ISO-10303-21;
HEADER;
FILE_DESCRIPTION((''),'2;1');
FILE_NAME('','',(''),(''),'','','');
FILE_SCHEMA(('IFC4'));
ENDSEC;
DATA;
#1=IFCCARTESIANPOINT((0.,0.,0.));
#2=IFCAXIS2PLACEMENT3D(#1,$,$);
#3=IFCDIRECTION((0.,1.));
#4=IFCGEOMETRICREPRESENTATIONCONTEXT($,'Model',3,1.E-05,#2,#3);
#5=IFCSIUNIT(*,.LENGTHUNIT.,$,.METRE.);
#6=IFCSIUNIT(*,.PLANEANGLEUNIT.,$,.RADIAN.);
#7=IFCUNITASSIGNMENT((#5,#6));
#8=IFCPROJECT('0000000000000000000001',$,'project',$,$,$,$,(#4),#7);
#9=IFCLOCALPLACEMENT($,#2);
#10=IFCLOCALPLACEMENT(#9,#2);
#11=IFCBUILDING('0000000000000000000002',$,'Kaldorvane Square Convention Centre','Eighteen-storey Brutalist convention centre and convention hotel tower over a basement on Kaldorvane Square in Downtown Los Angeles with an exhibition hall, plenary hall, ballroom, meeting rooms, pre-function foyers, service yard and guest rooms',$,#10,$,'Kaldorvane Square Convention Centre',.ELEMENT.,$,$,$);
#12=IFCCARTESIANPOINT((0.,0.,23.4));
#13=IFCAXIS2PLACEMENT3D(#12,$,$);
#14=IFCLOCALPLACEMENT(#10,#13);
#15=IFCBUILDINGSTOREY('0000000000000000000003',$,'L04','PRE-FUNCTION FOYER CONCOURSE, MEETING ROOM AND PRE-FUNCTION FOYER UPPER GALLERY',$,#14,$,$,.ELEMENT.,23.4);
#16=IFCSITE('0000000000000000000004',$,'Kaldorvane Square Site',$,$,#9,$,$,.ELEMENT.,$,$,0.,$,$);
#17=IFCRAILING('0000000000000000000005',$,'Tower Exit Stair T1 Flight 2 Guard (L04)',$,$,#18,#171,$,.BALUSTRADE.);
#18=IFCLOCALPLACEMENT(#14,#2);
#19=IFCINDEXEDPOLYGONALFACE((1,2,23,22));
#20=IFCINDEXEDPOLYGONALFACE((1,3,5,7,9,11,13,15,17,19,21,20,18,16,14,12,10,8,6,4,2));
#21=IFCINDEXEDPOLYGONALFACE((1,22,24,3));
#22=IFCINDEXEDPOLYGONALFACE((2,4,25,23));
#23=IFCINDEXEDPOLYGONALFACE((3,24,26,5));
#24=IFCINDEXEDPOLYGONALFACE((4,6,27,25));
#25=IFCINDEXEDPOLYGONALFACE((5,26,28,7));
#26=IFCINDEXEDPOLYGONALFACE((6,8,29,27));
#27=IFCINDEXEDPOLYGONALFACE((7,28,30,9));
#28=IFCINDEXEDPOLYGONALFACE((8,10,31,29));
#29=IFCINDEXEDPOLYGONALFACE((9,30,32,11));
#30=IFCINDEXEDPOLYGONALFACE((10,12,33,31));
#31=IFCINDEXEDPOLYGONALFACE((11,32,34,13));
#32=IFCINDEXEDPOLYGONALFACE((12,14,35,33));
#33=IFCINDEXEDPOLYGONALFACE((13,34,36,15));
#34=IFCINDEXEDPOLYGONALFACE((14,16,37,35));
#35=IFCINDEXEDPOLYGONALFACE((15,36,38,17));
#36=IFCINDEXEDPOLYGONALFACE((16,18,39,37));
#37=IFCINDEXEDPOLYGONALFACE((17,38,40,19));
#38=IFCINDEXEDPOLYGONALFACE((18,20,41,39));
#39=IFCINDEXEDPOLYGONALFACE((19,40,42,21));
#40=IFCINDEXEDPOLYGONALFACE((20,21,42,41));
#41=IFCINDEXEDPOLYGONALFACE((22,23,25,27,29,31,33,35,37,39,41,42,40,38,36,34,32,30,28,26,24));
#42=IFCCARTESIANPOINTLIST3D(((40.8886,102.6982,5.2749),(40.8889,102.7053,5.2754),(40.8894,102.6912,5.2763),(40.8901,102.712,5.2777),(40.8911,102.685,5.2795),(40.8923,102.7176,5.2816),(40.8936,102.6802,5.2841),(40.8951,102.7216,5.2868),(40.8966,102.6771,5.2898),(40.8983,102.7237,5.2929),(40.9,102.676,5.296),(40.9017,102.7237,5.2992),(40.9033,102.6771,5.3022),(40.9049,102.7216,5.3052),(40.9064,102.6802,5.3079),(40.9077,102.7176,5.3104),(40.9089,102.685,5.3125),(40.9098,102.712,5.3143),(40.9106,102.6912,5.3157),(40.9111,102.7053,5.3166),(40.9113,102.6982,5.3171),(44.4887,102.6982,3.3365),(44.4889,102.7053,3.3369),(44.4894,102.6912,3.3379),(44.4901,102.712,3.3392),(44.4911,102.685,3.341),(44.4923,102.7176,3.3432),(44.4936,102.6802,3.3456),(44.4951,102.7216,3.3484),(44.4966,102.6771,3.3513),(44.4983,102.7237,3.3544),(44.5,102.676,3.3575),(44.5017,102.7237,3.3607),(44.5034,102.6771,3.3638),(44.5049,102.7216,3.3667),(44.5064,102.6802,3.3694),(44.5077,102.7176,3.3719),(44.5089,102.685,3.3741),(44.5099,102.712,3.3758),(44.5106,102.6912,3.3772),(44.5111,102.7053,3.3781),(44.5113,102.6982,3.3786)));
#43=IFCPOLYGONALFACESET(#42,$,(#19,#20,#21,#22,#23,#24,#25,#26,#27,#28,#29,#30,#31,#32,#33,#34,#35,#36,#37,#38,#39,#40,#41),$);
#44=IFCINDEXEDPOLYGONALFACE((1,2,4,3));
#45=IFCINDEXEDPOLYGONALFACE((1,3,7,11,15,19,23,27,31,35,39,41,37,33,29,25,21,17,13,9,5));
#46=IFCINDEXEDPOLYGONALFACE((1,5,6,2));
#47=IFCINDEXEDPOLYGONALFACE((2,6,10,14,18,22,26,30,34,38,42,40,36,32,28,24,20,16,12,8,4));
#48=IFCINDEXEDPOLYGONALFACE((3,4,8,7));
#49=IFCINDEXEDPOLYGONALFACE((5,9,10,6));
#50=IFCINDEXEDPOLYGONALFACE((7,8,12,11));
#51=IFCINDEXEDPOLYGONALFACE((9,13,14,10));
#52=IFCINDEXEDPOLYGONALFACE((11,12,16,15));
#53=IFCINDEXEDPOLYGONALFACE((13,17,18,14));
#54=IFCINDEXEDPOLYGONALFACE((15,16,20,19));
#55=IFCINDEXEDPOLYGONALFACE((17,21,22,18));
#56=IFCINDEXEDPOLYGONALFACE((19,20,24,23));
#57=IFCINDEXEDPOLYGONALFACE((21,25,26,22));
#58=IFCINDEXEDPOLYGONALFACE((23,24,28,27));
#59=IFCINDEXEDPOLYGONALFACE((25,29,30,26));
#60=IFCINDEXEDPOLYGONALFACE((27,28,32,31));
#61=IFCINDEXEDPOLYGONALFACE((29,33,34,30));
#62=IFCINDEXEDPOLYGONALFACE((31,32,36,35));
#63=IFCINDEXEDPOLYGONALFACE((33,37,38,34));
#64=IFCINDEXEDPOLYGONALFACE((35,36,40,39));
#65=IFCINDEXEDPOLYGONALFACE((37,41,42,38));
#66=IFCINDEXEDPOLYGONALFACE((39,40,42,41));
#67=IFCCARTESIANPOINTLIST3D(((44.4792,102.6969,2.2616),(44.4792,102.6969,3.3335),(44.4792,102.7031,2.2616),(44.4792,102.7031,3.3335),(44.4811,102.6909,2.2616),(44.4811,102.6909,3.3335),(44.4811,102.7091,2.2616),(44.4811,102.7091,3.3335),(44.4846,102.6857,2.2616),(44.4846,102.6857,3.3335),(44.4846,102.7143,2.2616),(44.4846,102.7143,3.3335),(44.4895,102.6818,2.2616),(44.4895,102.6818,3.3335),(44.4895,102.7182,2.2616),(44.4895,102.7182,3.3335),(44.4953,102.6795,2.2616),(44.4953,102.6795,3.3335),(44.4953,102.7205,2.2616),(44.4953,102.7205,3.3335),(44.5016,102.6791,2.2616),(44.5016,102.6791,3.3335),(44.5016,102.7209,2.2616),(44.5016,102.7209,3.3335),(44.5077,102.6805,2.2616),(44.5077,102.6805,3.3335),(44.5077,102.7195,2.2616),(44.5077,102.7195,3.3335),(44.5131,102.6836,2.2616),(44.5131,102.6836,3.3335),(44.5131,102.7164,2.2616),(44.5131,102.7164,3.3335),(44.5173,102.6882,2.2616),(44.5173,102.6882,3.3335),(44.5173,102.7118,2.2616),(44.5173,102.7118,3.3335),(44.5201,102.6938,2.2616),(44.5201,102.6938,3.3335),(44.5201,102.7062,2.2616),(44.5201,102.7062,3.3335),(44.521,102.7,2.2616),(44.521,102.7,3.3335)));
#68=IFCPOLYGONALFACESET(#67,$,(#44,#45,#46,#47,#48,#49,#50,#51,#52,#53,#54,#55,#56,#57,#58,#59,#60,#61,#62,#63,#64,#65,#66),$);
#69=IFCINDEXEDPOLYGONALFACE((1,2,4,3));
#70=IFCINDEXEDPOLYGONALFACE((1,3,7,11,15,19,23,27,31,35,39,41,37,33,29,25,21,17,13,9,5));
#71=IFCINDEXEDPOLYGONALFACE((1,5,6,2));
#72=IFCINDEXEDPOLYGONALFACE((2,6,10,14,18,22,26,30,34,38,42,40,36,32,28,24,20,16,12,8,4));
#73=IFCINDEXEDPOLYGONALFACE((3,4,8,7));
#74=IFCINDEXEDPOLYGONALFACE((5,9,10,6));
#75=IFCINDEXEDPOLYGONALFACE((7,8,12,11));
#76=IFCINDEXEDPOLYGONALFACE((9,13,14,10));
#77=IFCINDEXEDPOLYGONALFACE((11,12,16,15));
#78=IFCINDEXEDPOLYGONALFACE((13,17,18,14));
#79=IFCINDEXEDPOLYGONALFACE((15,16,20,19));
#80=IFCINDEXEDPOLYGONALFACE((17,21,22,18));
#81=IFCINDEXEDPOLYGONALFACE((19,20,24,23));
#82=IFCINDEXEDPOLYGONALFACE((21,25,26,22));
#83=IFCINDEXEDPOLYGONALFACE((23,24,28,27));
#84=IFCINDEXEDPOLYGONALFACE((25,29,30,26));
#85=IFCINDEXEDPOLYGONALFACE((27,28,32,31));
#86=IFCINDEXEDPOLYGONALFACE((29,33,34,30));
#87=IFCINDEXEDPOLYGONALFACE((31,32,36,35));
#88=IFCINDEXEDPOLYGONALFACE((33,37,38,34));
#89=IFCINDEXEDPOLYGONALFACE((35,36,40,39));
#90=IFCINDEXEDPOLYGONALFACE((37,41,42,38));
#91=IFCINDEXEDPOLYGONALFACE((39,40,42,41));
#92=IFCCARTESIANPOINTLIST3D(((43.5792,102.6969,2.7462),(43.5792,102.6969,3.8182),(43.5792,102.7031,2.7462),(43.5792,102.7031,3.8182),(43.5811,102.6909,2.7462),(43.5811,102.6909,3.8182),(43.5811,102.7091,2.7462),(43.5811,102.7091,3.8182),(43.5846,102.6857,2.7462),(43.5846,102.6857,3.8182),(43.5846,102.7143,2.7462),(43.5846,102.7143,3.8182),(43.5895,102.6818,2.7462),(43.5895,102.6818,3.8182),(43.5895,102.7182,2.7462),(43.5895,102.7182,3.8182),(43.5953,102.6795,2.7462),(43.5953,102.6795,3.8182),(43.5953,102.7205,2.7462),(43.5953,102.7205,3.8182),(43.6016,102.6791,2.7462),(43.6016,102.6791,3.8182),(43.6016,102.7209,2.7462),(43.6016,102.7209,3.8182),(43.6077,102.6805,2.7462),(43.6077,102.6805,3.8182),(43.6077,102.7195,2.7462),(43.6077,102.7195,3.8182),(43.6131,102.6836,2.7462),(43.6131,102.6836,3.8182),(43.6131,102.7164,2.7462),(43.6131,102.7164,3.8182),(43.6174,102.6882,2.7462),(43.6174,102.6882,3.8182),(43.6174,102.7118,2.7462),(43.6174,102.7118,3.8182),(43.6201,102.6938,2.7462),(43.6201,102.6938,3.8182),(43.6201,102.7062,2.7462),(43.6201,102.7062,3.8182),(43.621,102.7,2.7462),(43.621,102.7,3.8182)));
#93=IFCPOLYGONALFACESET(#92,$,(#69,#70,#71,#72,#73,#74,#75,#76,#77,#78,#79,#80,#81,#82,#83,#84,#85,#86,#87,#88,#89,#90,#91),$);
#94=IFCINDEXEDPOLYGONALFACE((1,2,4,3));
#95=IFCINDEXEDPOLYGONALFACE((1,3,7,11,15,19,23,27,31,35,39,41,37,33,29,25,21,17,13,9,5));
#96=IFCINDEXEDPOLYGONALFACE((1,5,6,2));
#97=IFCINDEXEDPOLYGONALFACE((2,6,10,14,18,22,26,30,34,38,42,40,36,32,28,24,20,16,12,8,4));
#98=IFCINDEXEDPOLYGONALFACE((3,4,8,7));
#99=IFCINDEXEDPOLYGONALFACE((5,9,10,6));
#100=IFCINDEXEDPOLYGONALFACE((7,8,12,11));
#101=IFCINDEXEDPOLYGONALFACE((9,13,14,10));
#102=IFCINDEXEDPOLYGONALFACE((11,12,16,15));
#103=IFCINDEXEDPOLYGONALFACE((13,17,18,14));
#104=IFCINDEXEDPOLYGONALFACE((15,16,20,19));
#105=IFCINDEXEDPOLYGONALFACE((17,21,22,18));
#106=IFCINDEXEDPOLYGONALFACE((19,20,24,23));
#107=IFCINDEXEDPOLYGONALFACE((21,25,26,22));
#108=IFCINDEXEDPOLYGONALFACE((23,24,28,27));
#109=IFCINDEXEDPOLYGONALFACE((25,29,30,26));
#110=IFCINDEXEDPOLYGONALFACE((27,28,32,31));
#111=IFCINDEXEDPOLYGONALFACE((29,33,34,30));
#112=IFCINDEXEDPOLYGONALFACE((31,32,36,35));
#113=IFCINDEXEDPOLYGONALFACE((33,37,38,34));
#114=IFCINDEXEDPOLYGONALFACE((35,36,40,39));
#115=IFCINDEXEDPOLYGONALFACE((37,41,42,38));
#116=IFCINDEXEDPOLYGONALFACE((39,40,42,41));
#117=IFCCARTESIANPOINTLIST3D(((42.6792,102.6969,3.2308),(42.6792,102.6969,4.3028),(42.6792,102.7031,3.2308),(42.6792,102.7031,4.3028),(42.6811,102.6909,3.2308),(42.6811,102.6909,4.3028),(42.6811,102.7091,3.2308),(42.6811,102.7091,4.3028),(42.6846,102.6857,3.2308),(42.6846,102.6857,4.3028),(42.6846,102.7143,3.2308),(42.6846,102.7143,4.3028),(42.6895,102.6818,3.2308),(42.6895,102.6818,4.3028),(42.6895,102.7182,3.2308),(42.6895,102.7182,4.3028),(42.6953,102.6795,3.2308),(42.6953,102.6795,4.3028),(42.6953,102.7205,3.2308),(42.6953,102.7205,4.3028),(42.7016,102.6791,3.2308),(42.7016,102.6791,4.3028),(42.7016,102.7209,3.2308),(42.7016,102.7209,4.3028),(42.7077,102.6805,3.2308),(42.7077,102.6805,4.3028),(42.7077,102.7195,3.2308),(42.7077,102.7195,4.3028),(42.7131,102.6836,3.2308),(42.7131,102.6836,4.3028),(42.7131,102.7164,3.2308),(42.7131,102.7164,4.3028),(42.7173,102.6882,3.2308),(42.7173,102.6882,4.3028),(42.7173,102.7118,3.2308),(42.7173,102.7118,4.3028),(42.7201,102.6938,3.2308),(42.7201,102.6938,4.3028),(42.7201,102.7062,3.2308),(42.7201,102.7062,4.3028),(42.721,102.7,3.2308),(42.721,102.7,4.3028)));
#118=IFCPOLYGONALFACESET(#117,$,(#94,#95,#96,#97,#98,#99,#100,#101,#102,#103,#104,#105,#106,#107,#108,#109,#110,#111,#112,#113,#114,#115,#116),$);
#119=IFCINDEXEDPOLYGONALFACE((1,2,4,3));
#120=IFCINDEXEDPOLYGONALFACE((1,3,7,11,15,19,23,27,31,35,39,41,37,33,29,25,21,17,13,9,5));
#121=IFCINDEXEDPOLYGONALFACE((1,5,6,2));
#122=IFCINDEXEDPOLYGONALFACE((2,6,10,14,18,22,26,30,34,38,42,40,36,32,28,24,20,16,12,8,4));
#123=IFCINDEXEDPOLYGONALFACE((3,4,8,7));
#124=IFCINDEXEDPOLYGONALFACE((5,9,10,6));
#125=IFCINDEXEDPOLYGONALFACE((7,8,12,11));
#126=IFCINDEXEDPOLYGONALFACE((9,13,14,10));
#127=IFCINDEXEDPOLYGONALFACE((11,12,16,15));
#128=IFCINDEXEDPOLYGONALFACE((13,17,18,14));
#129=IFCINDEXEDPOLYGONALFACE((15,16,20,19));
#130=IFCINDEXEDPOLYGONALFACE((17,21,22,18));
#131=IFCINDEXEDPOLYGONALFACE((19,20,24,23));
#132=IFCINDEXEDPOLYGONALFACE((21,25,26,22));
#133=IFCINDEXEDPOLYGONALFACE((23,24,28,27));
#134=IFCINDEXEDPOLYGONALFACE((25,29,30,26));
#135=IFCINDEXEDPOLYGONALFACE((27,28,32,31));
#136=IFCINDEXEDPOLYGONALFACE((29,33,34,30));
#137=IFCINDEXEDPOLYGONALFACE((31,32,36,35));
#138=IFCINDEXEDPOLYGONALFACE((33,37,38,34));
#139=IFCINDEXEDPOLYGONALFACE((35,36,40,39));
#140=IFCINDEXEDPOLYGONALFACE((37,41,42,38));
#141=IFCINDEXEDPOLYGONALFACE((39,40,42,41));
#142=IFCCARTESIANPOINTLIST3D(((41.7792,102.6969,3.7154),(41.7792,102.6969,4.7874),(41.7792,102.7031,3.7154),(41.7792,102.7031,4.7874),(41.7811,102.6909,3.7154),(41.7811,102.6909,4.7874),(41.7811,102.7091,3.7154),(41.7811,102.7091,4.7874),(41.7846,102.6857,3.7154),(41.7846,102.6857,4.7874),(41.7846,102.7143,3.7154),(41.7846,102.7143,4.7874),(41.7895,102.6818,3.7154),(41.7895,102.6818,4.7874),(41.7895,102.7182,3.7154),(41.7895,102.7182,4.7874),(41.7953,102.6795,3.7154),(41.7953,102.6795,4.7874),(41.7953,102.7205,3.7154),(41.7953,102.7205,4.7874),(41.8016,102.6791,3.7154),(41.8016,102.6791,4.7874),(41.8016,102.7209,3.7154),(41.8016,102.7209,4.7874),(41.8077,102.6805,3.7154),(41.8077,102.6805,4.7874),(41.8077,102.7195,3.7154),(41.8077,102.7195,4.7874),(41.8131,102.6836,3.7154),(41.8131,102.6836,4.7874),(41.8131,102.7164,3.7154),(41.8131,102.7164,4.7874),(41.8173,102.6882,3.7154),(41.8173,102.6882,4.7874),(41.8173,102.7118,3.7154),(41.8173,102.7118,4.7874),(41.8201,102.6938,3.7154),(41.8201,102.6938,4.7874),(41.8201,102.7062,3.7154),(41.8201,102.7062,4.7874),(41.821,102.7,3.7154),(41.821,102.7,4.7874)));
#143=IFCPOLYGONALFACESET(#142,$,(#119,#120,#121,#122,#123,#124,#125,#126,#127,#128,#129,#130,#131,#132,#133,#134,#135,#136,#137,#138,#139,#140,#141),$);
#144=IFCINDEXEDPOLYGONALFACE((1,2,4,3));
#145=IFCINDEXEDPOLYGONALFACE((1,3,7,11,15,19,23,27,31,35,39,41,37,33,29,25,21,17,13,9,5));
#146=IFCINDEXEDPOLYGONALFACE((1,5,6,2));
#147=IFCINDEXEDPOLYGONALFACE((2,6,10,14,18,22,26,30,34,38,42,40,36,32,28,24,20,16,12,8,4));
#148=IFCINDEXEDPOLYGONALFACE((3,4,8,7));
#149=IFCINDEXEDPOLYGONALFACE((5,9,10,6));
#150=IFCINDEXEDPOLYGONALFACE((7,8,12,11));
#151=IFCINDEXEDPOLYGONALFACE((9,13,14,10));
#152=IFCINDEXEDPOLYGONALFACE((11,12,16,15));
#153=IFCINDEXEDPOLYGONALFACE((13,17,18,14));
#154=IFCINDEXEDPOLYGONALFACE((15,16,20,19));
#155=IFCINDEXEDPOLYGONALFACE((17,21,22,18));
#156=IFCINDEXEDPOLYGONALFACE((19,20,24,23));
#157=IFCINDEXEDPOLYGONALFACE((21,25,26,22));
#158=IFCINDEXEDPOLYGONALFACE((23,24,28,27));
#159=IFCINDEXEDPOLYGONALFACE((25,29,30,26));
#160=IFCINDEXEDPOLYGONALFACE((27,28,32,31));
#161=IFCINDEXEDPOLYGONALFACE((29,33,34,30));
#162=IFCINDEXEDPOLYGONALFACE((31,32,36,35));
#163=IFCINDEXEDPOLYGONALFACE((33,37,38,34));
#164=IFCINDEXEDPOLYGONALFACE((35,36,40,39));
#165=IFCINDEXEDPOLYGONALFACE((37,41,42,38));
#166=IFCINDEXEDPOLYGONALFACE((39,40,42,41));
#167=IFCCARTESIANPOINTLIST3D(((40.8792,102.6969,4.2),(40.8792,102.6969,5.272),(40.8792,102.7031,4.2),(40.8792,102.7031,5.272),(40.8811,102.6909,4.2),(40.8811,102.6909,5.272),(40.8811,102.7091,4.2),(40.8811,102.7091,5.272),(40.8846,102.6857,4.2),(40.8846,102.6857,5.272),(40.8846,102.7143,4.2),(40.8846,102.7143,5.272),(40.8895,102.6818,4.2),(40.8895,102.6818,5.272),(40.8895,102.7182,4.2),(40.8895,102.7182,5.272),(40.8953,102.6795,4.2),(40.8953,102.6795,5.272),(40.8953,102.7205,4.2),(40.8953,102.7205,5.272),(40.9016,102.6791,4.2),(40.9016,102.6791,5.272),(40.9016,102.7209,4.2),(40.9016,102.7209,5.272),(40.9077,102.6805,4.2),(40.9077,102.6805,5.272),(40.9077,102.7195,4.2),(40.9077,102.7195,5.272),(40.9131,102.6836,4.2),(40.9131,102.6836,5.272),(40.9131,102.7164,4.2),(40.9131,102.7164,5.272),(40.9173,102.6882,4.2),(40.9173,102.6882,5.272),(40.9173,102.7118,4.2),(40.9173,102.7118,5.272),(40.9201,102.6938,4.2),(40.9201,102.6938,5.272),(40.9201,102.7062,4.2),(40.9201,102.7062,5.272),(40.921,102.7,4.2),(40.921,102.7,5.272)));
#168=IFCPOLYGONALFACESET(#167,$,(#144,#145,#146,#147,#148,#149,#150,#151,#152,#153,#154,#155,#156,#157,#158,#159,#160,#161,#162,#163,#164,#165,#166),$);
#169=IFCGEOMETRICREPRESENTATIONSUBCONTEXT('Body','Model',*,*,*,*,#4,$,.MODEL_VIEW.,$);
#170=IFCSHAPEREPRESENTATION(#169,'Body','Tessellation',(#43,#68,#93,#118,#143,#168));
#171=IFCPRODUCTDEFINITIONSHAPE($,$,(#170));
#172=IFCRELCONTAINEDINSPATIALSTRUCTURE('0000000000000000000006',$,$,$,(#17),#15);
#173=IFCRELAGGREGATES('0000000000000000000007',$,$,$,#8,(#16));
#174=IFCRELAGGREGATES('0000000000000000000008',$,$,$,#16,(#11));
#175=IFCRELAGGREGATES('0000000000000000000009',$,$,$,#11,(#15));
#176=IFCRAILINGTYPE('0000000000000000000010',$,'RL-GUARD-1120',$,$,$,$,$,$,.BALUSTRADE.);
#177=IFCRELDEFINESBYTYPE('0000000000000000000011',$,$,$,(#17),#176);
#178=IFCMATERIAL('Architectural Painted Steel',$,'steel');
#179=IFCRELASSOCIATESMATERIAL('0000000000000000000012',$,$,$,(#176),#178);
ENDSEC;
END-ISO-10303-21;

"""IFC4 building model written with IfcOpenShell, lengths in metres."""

from ifc_helpers import new_model, si_unit, direction, frame, origin, origin_2d, place, context, subcontext, project, spatial, circle, extrude, material, type_object, element, save


model = new_model("IFC4")

# Units and contexts
model_context = context("Model", 3, precision=1e-05, world=origin(), true_north=direction((0.0, 1.0)))
body_context = subcontext(model_context, "Body", "Model", "MODEL_VIEW")
ifc_project = project(units=[si_unit("LENGTHUNIT", "METRE"), si_unit("PLANEANGLEUNIT", "RADIAN")], contexts=[model_context])

# Site, building, storey
site_placement = place(None, origin())
site = spatial("IfcSite", under=ifc_project, at=site_placement, Name="Kaldorvane Square Site", CompositionType="ELEMENT", RefElevation=0.0)
building_placement = place(site_placement, origin())
building = spatial("IfcBuilding", under=site, at=building_placement, Name="Kaldorvane Square Convention Centre", Description="Eighteen-storey Brutalist convention centre and convention hotel tower over a basement on Kaldorvane Square in Downtown Los Angeles with an exhibition hall, plenary hall, ballroom, meeting rooms, pre-function foyers, service yard and guest rooms", LongName="Kaldorvane Square Convention Centre", CompositionType="ELEMENT")
storey_placement = place(building_placement, frame((0.0, 0.0, 23.4)))
storey = spatial("IfcBuildingStorey", under=building, at=storey_placement, Name="L04", Description="PRE-FUNCTION FOYER CONCOURSE, MEETING ROOM AND PRE-FUNCTION FOYER UPPER GALLERY", CompositionType="ELEMENT", Elevation=23.4)

# Railing
ifc_material_1 = material(Name="Architectural Painted Steel", Category="steel")
railing_type_1 = type_object("IfcRailingType", Name="RL-GUARD-1120", PredefinedType="BALUSTRADE", material=ifc_material_1)
railing_1_placement = place(storey_placement, frame((44.5, 102.7, 2.2616)))
element("IfcRailing", 1, at=railing_1_placement, inside=storey, type_object=railing_type_1, Name="Tower Exit Stair T1 Flight 2 Guard (L04)", PredefinedType="BALUSTRADE", context=body_context, shape_type="SweptSolid", body=[
    extrude(circle(Radius=0.024, at=origin_2d()), frame((0.0, 0.0, 1.096), z_axis=(-0.880471, 0.0, 0.474099), x_axis=(0.0, -1.0, 0.0)), (0.0, 0.0, 1.0), 4.0887),
    extrude(circle(Radius=0.021, at=origin_2d()), origin(), (0.0, 0.0, 1.0), 1.072),
    extrude(circle(Radius=0.021, at=origin_2d()), frame((-0.9, 0.0, 0.4846)), (0.0, 0.0, 1.0), 1.072),
    extrude(circle(Radius=0.021, at=origin_2d()), frame((-1.8, 0.0, 0.9692)), (0.0, 0.0, 1.0), 1.072),
    extrude(circle(Radius=0.021, at=origin_2d()), frame((-2.7, 0.0, 1.4538)), (0.0, 0.0, 1.0), 1.072),
    extrude(circle(Radius=0.021, at=origin_2d()), frame((-3.6, 0.0, 1.9385)), (0.0, 0.0, 1.0), 1.072),
])

save(model, "model.ifc")
